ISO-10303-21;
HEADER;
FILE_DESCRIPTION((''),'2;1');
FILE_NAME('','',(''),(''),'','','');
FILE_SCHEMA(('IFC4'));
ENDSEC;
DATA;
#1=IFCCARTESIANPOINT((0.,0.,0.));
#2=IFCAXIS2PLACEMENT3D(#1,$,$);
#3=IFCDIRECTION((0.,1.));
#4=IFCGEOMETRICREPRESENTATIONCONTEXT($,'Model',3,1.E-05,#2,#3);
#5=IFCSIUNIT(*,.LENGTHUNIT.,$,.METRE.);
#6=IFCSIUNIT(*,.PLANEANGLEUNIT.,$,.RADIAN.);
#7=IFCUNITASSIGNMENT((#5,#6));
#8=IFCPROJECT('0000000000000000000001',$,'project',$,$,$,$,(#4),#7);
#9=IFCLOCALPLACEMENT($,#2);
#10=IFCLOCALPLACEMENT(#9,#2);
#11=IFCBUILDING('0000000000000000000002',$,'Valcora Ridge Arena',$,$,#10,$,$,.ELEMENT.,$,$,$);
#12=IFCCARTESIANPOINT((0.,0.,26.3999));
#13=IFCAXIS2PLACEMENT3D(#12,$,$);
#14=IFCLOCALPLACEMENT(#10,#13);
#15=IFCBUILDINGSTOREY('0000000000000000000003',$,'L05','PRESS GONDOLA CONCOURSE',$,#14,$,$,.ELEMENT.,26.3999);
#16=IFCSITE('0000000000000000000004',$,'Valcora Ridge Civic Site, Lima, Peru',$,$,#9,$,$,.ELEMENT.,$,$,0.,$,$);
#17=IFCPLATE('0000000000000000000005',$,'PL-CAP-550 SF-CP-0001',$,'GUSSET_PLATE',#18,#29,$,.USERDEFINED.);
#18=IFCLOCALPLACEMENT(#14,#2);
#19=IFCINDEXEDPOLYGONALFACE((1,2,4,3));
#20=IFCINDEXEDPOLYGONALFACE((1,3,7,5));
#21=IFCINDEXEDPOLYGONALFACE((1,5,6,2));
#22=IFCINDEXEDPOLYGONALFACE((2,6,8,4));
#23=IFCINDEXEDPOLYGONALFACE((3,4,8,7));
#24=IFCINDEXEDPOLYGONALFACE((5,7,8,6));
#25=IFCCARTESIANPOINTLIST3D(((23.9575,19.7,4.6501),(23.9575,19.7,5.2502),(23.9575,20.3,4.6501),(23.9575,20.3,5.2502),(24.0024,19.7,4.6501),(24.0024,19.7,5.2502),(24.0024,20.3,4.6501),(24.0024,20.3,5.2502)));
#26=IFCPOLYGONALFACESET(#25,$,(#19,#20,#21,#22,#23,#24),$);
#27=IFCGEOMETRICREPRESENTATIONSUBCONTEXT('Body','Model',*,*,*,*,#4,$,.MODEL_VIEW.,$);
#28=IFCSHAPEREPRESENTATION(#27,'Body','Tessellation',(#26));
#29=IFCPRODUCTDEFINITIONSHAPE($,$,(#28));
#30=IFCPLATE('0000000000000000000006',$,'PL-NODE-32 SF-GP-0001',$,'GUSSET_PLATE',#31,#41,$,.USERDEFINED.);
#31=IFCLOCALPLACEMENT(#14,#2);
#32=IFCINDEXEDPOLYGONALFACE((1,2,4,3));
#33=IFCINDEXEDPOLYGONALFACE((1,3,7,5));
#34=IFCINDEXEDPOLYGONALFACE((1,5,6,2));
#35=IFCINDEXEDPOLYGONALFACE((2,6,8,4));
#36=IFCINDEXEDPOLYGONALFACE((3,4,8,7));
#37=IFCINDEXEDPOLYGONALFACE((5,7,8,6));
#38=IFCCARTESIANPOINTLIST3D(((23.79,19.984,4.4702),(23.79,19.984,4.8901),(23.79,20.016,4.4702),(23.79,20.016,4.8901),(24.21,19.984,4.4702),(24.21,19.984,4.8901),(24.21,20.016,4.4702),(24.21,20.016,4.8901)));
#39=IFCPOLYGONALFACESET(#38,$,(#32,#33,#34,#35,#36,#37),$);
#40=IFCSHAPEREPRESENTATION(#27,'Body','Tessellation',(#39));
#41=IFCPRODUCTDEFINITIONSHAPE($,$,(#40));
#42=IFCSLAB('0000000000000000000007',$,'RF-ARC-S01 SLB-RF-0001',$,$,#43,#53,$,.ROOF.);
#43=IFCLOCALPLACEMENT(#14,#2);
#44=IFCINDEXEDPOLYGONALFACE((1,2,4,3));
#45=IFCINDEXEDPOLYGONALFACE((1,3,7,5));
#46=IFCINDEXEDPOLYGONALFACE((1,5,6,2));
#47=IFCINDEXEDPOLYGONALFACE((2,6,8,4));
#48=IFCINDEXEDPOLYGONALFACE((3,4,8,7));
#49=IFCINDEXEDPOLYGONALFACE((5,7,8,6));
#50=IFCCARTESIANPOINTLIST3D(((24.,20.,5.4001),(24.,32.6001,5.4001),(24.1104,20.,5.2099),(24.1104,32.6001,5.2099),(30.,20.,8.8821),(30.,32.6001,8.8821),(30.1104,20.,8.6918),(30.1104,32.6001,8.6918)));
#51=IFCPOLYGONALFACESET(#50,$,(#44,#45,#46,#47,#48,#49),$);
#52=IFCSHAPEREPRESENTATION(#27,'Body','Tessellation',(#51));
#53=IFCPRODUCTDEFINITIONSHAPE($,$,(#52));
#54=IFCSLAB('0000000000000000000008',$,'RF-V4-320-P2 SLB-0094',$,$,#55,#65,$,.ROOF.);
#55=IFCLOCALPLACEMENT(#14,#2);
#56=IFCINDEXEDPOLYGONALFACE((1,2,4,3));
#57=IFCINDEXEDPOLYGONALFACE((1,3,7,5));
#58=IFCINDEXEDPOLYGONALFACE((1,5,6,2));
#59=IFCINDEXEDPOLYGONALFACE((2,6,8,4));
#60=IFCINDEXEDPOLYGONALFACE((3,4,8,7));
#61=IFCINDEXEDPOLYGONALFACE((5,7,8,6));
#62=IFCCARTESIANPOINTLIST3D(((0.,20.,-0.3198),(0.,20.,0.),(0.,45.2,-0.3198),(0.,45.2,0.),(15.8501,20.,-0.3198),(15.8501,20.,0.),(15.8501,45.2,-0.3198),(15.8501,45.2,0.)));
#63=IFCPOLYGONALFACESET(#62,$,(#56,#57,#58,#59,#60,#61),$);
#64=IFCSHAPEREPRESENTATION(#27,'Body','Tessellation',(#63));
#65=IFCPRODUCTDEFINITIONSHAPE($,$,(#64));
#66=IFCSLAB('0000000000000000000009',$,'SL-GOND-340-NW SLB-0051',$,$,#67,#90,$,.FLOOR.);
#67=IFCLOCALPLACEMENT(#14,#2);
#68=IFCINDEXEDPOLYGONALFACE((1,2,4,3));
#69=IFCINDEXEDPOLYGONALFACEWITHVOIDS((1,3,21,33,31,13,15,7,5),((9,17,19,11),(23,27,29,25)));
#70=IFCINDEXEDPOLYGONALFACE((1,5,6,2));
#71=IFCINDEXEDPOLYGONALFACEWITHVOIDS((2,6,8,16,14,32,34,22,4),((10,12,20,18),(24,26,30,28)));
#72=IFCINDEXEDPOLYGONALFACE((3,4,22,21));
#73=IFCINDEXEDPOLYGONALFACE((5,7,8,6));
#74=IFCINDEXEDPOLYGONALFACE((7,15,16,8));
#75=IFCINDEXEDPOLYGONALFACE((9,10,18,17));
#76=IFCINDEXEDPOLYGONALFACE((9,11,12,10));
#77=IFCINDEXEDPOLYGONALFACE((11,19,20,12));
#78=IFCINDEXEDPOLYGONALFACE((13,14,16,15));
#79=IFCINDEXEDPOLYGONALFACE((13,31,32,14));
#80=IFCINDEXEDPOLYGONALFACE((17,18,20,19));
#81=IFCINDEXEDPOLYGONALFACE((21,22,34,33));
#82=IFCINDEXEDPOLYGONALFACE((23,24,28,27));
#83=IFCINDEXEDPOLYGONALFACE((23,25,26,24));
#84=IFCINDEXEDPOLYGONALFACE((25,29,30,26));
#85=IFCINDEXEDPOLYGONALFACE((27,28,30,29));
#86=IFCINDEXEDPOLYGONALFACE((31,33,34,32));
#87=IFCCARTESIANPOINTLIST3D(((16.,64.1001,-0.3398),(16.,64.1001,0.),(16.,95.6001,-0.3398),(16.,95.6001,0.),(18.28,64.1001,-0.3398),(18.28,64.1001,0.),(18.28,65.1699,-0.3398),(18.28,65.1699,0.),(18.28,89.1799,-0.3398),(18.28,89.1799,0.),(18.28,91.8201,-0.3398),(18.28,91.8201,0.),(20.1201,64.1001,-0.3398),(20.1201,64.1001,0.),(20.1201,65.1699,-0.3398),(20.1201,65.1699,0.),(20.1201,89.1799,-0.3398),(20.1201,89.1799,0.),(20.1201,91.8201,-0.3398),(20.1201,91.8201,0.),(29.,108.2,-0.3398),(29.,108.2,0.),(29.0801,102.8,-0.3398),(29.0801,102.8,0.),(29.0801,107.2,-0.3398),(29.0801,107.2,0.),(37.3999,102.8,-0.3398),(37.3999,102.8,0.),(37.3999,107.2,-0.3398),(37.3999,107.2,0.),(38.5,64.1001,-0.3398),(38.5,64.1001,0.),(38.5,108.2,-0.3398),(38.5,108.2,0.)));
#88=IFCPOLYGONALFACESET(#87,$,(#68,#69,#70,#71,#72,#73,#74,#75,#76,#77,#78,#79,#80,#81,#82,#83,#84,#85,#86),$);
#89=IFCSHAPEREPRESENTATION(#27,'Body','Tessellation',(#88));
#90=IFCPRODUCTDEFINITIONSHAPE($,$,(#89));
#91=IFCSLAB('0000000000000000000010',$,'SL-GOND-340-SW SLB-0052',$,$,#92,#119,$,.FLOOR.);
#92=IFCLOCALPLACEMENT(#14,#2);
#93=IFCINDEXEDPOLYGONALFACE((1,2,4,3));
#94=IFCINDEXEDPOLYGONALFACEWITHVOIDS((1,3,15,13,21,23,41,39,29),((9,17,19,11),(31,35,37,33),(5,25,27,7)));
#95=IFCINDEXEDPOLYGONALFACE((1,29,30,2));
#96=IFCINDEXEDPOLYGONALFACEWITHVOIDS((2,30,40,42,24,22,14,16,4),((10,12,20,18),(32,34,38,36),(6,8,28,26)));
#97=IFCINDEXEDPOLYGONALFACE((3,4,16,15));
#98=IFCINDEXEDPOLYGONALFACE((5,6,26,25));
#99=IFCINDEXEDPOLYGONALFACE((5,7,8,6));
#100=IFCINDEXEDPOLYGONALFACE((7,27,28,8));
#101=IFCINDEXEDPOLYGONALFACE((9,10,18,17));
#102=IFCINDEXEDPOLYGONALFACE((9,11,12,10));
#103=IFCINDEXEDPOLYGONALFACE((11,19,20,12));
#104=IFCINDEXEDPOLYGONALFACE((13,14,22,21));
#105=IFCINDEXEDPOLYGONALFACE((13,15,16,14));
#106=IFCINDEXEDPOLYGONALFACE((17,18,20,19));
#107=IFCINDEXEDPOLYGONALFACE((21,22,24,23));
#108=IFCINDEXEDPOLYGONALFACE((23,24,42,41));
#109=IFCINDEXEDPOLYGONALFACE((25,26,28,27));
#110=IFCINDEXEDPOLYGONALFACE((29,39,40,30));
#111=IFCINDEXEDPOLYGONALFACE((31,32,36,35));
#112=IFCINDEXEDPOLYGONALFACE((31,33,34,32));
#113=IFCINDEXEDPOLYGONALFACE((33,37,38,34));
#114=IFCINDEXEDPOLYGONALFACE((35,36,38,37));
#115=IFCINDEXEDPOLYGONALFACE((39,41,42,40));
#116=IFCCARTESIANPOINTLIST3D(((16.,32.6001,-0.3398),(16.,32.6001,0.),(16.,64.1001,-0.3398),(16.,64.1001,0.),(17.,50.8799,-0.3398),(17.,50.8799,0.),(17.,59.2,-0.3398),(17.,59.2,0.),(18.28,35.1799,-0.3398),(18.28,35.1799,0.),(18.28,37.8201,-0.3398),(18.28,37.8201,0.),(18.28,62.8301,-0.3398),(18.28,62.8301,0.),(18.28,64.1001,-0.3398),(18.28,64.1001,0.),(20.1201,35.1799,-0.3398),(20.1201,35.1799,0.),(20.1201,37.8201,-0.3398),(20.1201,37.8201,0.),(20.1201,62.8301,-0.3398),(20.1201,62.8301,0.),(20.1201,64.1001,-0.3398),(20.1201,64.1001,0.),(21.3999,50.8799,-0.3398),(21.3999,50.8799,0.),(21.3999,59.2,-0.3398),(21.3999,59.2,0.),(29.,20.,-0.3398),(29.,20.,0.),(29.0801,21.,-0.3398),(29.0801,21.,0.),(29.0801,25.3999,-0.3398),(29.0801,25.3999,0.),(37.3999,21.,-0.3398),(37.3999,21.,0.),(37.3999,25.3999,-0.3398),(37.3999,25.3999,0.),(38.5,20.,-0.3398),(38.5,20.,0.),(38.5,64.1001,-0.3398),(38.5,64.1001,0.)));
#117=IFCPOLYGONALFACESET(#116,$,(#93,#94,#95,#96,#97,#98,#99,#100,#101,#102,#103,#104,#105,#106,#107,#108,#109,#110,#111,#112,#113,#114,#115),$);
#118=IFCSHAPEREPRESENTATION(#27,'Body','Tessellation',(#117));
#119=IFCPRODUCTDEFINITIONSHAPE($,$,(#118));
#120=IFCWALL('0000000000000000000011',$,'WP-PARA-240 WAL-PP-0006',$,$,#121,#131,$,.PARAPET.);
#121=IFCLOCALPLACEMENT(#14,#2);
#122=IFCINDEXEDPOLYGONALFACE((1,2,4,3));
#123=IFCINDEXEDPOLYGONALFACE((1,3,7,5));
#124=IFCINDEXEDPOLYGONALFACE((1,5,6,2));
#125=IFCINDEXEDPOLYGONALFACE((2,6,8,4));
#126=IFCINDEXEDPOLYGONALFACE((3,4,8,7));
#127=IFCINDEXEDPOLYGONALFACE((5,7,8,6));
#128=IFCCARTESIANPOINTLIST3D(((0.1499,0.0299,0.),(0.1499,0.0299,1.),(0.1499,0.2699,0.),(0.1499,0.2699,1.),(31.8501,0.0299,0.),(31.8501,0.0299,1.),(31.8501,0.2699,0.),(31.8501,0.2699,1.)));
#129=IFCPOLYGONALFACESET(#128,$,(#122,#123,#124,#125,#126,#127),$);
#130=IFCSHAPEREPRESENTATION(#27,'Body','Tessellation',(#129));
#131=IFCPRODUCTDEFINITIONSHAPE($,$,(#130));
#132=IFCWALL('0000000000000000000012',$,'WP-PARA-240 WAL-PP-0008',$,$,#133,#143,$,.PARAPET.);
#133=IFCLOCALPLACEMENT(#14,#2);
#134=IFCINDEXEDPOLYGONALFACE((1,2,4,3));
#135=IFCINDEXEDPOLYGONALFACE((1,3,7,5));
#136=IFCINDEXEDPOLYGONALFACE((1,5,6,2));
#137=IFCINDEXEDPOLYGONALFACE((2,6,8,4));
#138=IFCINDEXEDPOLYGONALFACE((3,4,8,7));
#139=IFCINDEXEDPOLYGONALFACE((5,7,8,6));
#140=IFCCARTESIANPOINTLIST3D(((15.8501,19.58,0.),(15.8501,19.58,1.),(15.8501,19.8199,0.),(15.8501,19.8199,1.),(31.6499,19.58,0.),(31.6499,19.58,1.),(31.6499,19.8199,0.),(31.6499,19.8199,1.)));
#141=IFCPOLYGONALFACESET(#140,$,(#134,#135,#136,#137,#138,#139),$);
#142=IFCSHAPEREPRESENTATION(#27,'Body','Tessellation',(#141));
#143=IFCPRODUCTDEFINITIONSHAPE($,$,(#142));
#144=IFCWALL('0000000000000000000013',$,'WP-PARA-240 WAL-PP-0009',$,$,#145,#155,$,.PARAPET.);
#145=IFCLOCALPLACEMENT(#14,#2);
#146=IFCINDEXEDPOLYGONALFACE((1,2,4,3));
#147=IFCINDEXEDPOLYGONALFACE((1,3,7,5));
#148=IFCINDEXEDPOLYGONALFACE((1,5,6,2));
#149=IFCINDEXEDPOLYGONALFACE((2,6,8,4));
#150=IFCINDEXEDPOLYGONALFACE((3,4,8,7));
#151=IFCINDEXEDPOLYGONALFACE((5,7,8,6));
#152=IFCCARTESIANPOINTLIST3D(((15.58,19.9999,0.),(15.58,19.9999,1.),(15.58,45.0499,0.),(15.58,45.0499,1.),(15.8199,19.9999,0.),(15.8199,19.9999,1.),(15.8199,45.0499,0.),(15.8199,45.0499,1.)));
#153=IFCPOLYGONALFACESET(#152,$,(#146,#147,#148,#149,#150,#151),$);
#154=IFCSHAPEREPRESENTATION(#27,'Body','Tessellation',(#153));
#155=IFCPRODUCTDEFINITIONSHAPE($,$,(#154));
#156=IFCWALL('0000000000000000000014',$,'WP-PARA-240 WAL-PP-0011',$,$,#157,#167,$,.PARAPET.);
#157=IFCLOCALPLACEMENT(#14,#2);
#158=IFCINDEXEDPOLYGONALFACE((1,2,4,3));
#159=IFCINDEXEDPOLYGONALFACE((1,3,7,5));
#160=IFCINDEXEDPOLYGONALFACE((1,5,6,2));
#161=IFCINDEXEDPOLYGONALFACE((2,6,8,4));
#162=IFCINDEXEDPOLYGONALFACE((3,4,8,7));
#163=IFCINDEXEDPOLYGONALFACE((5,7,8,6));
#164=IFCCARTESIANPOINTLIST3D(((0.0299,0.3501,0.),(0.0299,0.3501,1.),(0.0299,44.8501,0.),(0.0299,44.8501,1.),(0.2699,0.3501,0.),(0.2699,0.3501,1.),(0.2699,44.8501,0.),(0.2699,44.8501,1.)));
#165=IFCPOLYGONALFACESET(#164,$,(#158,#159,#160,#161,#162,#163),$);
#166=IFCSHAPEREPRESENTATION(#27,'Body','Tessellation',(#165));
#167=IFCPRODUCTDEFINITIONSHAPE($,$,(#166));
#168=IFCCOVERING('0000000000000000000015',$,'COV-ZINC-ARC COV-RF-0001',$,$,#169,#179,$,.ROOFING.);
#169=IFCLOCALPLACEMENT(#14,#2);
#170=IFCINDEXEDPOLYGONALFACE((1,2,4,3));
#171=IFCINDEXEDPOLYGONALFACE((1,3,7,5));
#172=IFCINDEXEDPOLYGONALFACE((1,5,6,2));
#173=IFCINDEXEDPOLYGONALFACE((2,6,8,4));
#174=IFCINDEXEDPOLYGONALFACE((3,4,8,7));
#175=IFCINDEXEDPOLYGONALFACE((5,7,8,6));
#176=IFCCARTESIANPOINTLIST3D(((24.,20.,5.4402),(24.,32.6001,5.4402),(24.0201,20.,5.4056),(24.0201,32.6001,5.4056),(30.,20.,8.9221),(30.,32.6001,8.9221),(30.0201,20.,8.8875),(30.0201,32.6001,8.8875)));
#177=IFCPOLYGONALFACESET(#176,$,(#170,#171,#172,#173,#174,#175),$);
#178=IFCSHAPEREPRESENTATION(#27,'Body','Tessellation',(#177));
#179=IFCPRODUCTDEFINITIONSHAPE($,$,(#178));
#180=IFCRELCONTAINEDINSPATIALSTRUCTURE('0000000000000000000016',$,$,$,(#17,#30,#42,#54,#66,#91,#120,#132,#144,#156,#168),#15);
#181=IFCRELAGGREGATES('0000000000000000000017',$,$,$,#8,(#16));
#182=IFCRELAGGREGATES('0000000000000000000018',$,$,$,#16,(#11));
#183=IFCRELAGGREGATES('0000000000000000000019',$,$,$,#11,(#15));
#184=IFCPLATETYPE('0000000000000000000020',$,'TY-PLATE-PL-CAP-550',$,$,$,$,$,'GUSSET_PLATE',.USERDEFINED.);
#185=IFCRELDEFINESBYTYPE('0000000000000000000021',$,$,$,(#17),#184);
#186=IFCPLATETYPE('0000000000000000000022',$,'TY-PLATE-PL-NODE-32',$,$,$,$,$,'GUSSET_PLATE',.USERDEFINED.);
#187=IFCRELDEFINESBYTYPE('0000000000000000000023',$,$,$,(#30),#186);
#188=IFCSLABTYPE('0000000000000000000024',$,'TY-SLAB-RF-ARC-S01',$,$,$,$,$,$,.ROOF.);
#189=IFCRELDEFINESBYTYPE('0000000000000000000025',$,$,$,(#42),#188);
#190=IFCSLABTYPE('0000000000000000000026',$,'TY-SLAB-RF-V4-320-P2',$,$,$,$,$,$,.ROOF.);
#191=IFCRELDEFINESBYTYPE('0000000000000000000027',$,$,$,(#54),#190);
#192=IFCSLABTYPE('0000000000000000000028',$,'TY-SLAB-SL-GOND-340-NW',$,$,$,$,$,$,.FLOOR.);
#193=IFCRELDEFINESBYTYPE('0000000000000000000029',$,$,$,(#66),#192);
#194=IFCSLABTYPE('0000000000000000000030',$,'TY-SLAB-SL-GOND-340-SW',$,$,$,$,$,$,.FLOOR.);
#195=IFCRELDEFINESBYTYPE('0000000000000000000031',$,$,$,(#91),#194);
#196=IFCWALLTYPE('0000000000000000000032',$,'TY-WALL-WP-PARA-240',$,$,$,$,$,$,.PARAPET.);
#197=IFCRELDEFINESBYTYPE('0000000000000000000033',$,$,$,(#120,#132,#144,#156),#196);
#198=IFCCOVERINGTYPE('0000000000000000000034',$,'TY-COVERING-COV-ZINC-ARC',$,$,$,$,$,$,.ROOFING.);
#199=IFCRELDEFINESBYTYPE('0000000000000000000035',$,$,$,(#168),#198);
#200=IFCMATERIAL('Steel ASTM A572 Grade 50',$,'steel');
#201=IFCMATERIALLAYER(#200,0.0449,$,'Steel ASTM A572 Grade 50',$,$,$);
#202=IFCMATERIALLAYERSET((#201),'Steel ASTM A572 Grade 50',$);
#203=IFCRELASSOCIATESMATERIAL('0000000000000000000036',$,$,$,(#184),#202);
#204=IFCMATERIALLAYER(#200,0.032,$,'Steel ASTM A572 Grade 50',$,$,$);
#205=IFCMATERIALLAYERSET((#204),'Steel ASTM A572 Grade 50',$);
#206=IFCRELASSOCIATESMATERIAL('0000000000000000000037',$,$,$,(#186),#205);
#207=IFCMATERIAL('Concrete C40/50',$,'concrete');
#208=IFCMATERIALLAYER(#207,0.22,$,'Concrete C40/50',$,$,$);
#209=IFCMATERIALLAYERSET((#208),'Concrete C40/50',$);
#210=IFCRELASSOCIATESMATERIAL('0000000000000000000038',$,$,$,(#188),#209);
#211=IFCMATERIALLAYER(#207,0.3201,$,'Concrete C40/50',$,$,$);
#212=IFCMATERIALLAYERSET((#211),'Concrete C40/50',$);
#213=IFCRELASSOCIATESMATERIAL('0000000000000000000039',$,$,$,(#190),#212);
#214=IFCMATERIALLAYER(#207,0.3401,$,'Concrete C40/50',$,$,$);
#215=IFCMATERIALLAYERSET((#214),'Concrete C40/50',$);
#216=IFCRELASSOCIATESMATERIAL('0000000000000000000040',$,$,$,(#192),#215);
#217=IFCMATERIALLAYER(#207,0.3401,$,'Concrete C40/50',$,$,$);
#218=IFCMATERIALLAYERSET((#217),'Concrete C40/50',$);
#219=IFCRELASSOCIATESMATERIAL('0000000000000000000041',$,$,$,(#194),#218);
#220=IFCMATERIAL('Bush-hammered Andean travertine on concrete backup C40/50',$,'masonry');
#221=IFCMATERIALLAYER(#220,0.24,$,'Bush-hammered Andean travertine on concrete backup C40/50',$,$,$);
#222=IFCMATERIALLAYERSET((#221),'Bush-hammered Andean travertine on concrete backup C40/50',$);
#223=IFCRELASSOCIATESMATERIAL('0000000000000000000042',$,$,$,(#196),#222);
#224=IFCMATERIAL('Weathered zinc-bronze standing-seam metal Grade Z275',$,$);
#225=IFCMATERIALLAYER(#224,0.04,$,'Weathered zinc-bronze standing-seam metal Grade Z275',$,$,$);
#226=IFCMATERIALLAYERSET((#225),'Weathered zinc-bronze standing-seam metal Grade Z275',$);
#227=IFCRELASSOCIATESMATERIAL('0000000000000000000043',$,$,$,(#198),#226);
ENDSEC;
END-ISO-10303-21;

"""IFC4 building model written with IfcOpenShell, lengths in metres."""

from ifc_helpers import new_model, si_unit, direction, frame, frame_2d, origin, origin_2d, place, context, subcontext, project, spatial, polyline, rectangle, outline, extrude, material, layer, layer_set, type_object, element, save


model = new_model("IFC4")

# Units and contexts
model_context = context("Model", 3, precision=1e-05, world=origin(), true_north=direction((0.0, 1.0)))
body_context = subcontext(model_context, "Body", "Model", "MODEL_VIEW")
ifc_project = project(units=[si_unit("LENGTHUNIT", "METRE"), si_unit("PLANEANGLEUNIT", "RADIAN")], contexts=[model_context])

# Site, building, storey
site_placement = place(None, origin())
site = spatial("IfcSite", under=ifc_project, at=site_placement, Name="Valcora Ridge Civic Site, Lima, Peru", CompositionType="ELEMENT", RefElevation=0.0)
building_placement = place(site_placement, origin())
building = spatial("IfcBuilding", under=site, at=building_placement, Name="Valcora Ridge Arena", CompositionType="ELEMENT")
storey_placement = place(building_placement, frame((0.0, 0.0, 26.3999)))
storey = spatial("IfcBuildingStorey", under=building, at=storey_placement, Name="L05", Description="PRESS GONDOLA CONCOURSE", CompositionType="ELEMENT", Elevation=26.3999)

# Shared definitions
ifc_material_1 = material(Name="Steel ASTM A572 Grade 50", Category="steel")

# Plates
ifc_layer_1 = layer(ifc_material_1, 0.0449, Name="Steel ASTM A572 Grade 50")
ifc_layer_set_1 = layer_set([ifc_layer_1], Name="Steel ASTM A572 Grade 50")
plate_type_1 = type_object("IfcPlateType", Name="TY-PLATE-PL-CAP-550", ElementType="GUSSET_PLATE", PredefinedType="USERDEFINED", material=ifc_layer_set_1)
plate_1_placement = place(storey_placement, frame((23.98, 20.0, 4.6501), z_axis=(0.0, 0.0, 1.0), x_axis=(1.0, 0.0, 0.0)))
element("IfcPlate", 1, at=plate_1_placement, inside=storey, type_object=plate_type_1, Name="PL-CAP-550 SF-CP-0001", ObjectType="GUSSET_PLATE", PredefinedType="USERDEFINED", context=body_context, shape_type="SweptSolid", body=[
    extrude(rectangle(XDim=0.0449, YDim=0.6001, at=origin_2d()), origin(), (0.0, 0.0, 1.0), 0.6001),
])
ifc_layer_2 = layer(ifc_material_1, 0.032, Name="Steel ASTM A572 Grade 50")
ifc_layer_set_2 = layer_set([ifc_layer_2], Name="Steel ASTM A572 Grade 50")
plate_type_2 = type_object("IfcPlateType", Name="TY-PLATE-PL-NODE-32", ElementType="GUSSET_PLATE", PredefinedType="USERDEFINED", material=ifc_layer_set_2)
plate_2_placement = place(storey_placement, frame((24.0, 20.0, 4.4702), z_axis=(0.0, 0.0, 1.0), x_axis=(1.0, 0.0, 0.0)))
element("IfcPlate", 2, at=plate_2_placement, inside=storey, type_object=plate_type_2, Name="PL-NODE-32 SF-GP-0001", ObjectType="GUSSET_PLATE", PredefinedType="USERDEFINED", context=body_context, shape_type="SweptSolid", body=[
    extrude(rectangle(XDim=0.4199, YDim=0.032, at=origin_2d()), origin(), (0.0, 0.0, 1.0), 0.4199),
])

# Slab
ifc_material_2 = material(Name="Concrete C40/50", Category="concrete")
ifc_layer_3 = layer(ifc_material_2, 0.22, Name="Concrete C40/50")
ifc_layer_set_3 = layer_set([ifc_layer_3], Name="Concrete C40/50")
slab_type_1 = type_object("IfcSlabType", Name="TY-SLAB-RF-ARC-S01", PredefinedType="ROOF", material=ifc_layer_set_3)
slab_1_placement = place(storey_placement, frame((24.0, 20.0, 5.4001), z_axis=(-0.501927, 0.0, 0.86491), x_axis=(0.86491, 0.0, 0.501927)))
element("IfcSlab", 3, at=slab_1_placement, inside=storey, type_object=slab_type_1, Name="RF-ARC-S01 SLB-RF-0001", PredefinedType="ROOF", context=body_context, shape_type="SweptSolid", body=[
    extrude(outline(polyline([(0.0, 0.0), (6.9371, 0.0), (6.9371, 12.6001), (0.0, 12.6001), (0.0, 0.0)])), origin(), (0.0, 0.0, -1.0), 0.22),
])

# Slabs
ifc_layer_4 = layer(ifc_material_2, 0.3201, Name="Concrete C40/50")
ifc_layer_set_4 = layer_set([ifc_layer_4], Name="Concrete C40/50")
slab_type_2 = type_object("IfcSlabType", Name="TY-SLAB-RF-V4-320-P2", PredefinedType="ROOF", material=ifc_layer_set_4)
slab_2_placement = place(storey_placement, frame((0.0, 0.0, -0.3198)))
element("IfcSlab", 4, at=slab_2_placement, inside=storey, type_object=slab_type_2, Name="RF-V4-320-P2 SLB-0094", PredefinedType="ROOF", context=body_context, shape_type="SweptSolid", body=[
    extrude(outline(polyline([(0.0, 20.0), (15.8501, 20.0), (15.8501, 45.2), (0.0, 45.2), (0.0, 20.0)])), origin(), (0.0, 0.0, 1.0), 0.3198),
])
ifc_layer_5 = layer(ifc_material_2, 0.3401, Name="Concrete C40/50")
ifc_layer_set_5 = layer_set([ifc_layer_5], Name="Concrete C40/50")
slab_type_3 = type_object("IfcSlabType", Name="TY-SLAB-SL-GOND-340-NW", PredefinedType="FLOOR", material=ifc_layer_set_5)
slab_3_placement = place(storey_placement, frame((0.0, 0.0, -0.3398)))
element("IfcSlab", 5, at=slab_3_placement, inside=storey, type_object=slab_type_3, Name="SL-GOND-340-NW SLB-0051", PredefinedType="FLOOR", context=body_context, shape_type="SweptSolid", body=[
    extrude(outline(polyline([(16.0, 95.6001), (16.0, 64.1001), (18.28, 64.1001), (18.28, 65.1699), (20.1201, 65.1699), (20.1201, 64.1001), (38.5, 64.1001), (38.5, 108.2), (29.0, 108.2), (16.0, 95.6001)]), holes=[polyline([(37.3999, 107.2), (29.0801, 107.2), (29.0801, 102.8), (37.3999, 102.8), (37.3999, 107.2)]), polyline([(18.28, 89.1799), (20.1201, 89.1799), (20.1201, 91.8201), (18.28, 91.8201), (18.28, 89.1799)])]), origin(), (0.0, 0.0, 1.0), 0.3398),
])
ifc_layer_6 = layer(ifc_material_2, 0.3401, Name="Concrete C40/50")
ifc_layer_set_6 = layer_set([ifc_layer_6], Name="Concrete C40/50")
slab_type_4 = type_object("IfcSlabType", Name="TY-SLAB-SL-GOND-340-SW", PredefinedType="FLOOR", material=ifc_layer_set_6)
slab_4_placement = place(storey_placement, frame((0.0, 0.0, -0.3398)))
element("IfcSlab", 6, at=slab_4_placement, inside=storey, type_object=slab_type_4, Name="SL-GOND-340-SW SLB-0052", PredefinedType="FLOOR", context=body_context, shape_type="SweptSolid", body=[
    extrude(outline(polyline([(16.0, 64.1001), (16.0, 32.6001), (29.0, 20.0), (38.5, 20.0), (38.5, 64.1001), (20.1201, 64.1001), (20.1201, 62.8301), (18.28, 62.8301), (18.28, 64.1001), (16.0, 64.1001)]), holes=[polyline([(37.3999, 25.3999), (29.0801, 25.3999), (29.0801, 21.0), (37.3999, 21.0), (37.3999, 25.3999)]), polyline([(21.3999, 59.2), (17.0, 59.2), (17.0, 50.8799), (21.3999, 50.8799), (21.3999, 59.2)]), polyline([(20.1201, 35.1799), (20.1201, 37.8201), (18.28, 37.8201), (18.28, 35.1799), (20.1201, 35.1799)])]), origin(), (0.0, 0.0, 1.0), 0.3398),
])

# Walls
ifc_material_3 = material(Name="Bush-hammered Andean travertine on concrete backup C40/50", Category="masonry")
ifc_layer_7 = layer(ifc_material_3, 0.24, Name="Bush-hammered Andean travertine on concrete backup C40/50")
ifc_layer_set_7 = layer_set([ifc_layer_7], Name="Bush-hammered Andean travertine on concrete backup C40/50")
wall_type = type_object("IfcWallType", Name="TY-WALL-WP-PARA-240", PredefinedType="PARAPET", material=ifc_layer_set_7)
wall_1_placement = place(storey_placement, frame((0.1499, 0.1499, 0.0), z_axis=(0.0, 0.0, 1.0), x_axis=(1.0, 0.0, 0.0)))
element("IfcWall", 7, at=wall_1_placement, inside=storey, type_object=wall_type, Name="WP-PARA-240 WAL-PP-0006", PredefinedType="PARAPET", context=body_context, shape_type="SweptSolid", body=[
    extrude(rectangle(XDim=31.7002, YDim=0.24, at=frame_2d((15.8501, 0.0))), origin(), (0.0, 0.0, 1.0), 1.0),
])
wall_2_placement = place(storey_placement, frame((15.8501, 19.7, 0.0), z_axis=(0.0, 0.0, 1.0), x_axis=(1.0, 0.0, 0.0)))
element("IfcWall", 8, at=wall_2_placement, inside=storey, type_object=wall_type, Name="WP-PARA-240 WAL-PP-0008", PredefinedType="PARAPET", context=body_context, shape_type="SweptSolid", body=[
    extrude(rectangle(XDim=15.7998, YDim=0.24, at=frame_2d((7.8999, 0.0))), origin(), (0.0, 0.0, 1.0), 1.0),
])
wall_3_placement = place(storey_placement, frame((15.7, 20.0, 0.0), z_axis=(0.0, 0.0, 1.0), x_axis=(0.0, 1.0, 0.0)))
element("IfcWall", 9, at=wall_3_placement, inside=storey, type_object=wall_type, Name="WP-PARA-240 WAL-PP-0009", PredefinedType="PARAPET", context=body_context, shape_type="SweptSolid", body=[
    extrude(rectangle(XDim=25.05, YDim=0.24, at=frame_2d((12.5249, 0.0))), origin(), (0.0, 0.0, 1.0), 1.0),
])
wall_4_placement = place(storey_placement, frame((0.1499, 0.3501, 0.0), z_axis=(0.0, 0.0, 1.0), x_axis=(0.0, 1.0, 0.0)))
element("IfcWall", 10, at=wall_4_placement, inside=storey, type_object=wall_type, Name="WP-PARA-240 WAL-PP-0011", PredefinedType="PARAPET", context=body_context, shape_type="SweptSolid", body=[
    extrude(rectangle(XDim=44.5, YDim=0.24, at=frame_2d((22.25, 0.0))), origin(), (0.0, 0.0, 1.0), 1.0),
])

# Covering
ifc_material_4 = material(Name="Weathered zinc-bronze standing-seam metal Grade Z275")
ifc_layer_8 = layer(ifc_material_4, 0.04, Name="Weathered zinc-bronze standing-seam metal Grade Z275")
ifc_layer_set_8 = layer_set([ifc_layer_8], Name="Weathered zinc-bronze standing-seam metal Grade Z275")
covering_type_1 = type_object("IfcCoveringType", Name="TY-COVERING-COV-ZINC-ARC", PredefinedType="ROOFING", material=ifc_layer_set_8)
covering_1_placement = place(storey_placement, frame((24.0, 20.0, 5.4402), z_axis=(-0.501927, 0.0, 0.86491), x_axis=(0.86491, 0.0, 0.501927)))
element("IfcCovering", 11, at=covering_1_placement, inside=storey, type_object=covering_type_1, Name="COV-ZINC-ARC COV-RF-0001", PredefinedType="ROOFING", context=body_context, shape_type="SweptSolid", body=[
    extrude(outline(polyline([(0.0, 0.0), (6.9371, 0.0), (6.9371, 12.6001), (0.0, 12.6001), (0.0, 0.0)])), origin(), (0.0, 0.0, -1.0), 0.04),
])

save(model, "model.ifc")
